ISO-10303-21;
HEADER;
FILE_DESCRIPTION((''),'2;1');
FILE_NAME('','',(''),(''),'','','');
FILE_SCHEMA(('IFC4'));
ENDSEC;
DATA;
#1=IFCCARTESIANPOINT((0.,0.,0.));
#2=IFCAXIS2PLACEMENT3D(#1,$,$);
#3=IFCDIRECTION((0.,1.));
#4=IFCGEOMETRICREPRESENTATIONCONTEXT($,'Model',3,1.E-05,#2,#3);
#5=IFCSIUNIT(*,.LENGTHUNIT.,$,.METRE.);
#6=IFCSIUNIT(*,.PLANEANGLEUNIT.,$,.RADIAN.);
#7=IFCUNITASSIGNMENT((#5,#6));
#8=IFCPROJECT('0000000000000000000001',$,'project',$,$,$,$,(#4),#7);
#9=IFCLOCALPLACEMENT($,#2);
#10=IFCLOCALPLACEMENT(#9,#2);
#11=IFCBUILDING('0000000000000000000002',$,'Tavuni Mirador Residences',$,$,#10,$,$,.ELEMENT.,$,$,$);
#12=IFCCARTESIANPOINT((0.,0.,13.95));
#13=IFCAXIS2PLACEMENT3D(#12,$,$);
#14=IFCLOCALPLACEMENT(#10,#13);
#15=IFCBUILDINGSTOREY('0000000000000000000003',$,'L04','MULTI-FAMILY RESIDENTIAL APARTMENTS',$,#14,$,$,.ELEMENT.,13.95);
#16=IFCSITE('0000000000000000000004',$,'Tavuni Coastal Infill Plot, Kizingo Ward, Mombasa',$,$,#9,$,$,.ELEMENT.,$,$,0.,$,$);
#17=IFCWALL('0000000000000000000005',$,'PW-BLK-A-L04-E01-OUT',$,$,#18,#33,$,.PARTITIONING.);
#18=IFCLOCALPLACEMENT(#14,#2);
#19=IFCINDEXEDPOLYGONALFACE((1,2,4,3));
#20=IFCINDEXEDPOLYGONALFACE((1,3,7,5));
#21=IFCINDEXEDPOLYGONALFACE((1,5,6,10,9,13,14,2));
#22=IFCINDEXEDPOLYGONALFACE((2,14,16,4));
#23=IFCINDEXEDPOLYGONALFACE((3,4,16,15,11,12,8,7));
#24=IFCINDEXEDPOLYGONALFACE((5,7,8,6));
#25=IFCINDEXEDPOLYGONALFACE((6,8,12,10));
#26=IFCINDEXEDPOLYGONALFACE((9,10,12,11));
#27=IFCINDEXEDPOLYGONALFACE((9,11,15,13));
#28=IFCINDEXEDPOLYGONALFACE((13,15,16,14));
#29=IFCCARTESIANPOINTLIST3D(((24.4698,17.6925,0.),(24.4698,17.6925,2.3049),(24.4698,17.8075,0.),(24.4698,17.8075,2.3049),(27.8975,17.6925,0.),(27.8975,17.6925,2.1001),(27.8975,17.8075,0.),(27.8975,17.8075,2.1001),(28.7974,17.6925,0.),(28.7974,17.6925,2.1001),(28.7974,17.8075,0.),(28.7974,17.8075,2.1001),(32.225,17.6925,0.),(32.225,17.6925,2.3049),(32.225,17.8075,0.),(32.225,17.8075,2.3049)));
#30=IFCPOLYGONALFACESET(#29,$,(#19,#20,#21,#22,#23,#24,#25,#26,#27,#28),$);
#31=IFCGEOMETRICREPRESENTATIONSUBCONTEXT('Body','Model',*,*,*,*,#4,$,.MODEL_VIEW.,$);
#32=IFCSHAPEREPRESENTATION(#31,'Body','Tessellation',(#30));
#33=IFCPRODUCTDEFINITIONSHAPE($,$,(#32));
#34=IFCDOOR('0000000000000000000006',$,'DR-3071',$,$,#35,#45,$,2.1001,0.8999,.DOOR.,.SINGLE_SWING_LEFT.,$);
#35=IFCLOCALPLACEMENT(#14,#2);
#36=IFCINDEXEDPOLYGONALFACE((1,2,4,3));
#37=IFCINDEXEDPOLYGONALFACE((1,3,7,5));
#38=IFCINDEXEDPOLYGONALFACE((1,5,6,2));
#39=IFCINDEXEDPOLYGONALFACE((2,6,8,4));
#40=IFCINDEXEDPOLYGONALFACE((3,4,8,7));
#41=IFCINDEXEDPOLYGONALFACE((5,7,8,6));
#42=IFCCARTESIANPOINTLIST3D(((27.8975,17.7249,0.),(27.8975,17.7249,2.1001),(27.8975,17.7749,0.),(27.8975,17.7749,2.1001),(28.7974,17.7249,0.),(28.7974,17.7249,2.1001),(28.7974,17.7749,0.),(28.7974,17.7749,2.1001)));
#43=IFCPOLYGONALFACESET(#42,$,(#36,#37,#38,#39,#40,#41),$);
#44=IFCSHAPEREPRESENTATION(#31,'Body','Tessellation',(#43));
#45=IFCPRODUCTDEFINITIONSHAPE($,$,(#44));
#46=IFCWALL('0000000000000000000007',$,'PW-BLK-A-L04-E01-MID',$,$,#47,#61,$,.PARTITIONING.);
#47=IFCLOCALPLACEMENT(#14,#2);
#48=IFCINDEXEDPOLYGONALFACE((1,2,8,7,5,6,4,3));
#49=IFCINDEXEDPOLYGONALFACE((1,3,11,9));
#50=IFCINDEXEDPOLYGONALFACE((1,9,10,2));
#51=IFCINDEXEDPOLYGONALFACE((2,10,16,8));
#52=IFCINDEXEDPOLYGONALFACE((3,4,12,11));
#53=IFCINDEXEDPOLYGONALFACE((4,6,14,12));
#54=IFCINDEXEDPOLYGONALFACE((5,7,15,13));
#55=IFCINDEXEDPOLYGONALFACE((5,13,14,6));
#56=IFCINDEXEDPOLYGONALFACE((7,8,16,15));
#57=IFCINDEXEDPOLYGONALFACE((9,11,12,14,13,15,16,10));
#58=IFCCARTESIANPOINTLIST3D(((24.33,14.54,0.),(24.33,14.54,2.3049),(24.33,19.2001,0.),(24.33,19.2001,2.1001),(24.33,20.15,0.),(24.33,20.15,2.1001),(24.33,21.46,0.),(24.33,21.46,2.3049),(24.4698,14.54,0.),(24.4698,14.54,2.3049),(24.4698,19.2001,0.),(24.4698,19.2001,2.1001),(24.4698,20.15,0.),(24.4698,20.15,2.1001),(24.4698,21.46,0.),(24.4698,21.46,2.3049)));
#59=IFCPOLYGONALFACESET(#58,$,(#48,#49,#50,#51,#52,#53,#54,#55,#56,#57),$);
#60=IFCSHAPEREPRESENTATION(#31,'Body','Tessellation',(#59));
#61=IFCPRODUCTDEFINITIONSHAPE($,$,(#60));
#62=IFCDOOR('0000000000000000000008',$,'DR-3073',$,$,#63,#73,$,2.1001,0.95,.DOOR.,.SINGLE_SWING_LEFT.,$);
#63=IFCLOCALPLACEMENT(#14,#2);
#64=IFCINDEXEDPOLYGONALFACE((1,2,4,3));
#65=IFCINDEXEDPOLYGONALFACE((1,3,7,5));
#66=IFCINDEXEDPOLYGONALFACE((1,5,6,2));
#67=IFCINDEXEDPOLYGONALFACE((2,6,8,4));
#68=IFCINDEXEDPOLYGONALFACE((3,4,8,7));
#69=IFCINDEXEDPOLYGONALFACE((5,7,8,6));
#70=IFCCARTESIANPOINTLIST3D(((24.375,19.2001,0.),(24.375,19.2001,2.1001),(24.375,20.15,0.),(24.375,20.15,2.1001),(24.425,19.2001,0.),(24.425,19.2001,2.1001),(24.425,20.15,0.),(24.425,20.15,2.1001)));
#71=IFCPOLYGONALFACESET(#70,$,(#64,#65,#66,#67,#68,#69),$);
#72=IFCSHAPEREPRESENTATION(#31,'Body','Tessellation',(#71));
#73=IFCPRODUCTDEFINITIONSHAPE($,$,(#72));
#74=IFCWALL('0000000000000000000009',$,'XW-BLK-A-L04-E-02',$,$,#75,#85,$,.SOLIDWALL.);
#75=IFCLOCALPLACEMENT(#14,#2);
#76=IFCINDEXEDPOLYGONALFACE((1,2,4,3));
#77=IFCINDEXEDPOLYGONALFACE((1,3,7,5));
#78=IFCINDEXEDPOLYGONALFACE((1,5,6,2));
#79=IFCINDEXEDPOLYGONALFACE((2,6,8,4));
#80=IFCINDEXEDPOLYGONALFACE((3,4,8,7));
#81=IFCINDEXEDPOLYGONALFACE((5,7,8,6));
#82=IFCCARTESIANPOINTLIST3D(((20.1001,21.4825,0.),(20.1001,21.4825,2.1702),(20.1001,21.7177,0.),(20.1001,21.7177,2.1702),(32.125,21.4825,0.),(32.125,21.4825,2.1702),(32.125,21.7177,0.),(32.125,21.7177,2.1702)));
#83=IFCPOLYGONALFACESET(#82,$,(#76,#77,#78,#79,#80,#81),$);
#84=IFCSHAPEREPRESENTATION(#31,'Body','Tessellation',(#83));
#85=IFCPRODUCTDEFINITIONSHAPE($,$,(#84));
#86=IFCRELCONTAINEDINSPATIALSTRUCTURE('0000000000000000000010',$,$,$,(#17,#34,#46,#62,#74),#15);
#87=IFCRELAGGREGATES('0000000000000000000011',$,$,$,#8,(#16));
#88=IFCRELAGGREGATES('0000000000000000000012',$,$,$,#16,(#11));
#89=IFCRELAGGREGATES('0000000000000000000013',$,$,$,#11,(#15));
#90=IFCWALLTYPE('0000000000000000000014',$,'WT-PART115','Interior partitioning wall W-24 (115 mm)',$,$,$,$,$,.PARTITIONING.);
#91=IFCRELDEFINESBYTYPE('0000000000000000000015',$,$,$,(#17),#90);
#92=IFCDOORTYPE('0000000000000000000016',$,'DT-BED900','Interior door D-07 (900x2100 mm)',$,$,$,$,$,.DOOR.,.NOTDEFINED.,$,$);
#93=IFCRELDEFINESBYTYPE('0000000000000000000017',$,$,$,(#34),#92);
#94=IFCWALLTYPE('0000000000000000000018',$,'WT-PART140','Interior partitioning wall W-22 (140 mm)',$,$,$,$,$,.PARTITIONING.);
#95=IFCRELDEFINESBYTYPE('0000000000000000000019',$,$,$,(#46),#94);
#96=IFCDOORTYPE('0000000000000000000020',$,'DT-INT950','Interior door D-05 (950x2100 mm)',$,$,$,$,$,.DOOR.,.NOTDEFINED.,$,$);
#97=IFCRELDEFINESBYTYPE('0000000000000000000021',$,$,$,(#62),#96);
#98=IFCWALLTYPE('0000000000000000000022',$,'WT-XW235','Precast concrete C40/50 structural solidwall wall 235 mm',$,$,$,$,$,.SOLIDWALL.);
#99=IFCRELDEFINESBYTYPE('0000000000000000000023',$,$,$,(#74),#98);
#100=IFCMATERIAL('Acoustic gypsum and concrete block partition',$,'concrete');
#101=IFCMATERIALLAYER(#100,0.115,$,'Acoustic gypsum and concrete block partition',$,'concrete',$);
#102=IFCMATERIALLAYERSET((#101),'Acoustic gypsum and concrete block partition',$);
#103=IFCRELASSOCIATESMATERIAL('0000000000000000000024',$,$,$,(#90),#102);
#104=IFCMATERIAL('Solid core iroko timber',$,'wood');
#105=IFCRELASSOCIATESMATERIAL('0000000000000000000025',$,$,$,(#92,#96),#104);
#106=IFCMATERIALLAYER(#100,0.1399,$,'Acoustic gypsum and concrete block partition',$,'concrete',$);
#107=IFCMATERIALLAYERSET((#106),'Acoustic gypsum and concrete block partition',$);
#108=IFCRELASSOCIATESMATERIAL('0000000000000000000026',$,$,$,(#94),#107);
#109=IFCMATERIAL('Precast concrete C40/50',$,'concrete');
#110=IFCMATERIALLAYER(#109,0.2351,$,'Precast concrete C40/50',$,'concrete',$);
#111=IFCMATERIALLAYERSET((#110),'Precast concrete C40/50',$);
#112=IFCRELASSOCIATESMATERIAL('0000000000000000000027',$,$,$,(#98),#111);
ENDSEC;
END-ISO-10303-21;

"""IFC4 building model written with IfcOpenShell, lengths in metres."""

from ifc_helpers import new_model, si_unit, direction, frame, frame_2d, origin, place, context, subcontext, project, spatial, rectangle, extrude, material, layer, layer_set, type_object, element, fill, save


model = new_model("IFC4")

# Units and contexts
model_context = context("Model", 3, precision=1e-05, world=origin(), true_north=direction((0.0, 1.0)))
body_context = subcontext(model_context, "Body", "Model", "MODEL_VIEW")
ifc_project = project(units=[si_unit("LENGTHUNIT", "METRE"), si_unit("PLANEANGLEUNIT", "RADIAN")], contexts=[model_context])

# Site, building, storey
site_placement = place(None, origin())
site = spatial("IfcSite", under=ifc_project, at=site_placement, Name="Tavuni Coastal Infill Plot, Kizingo Ward, Mombasa", CompositionType="ELEMENT", RefElevation=0.0)
building_placement = place(site_placement, origin())
building = spatial("IfcBuilding", under=site, at=building_placement, Name="Tavuni Mirador Residences", CompositionType="ELEMENT")
storey_placement = place(building_placement, frame((0.0, 0.0, 13.95)))
storey = spatial("IfcBuildingStorey", under=building, at=storey_placement, Name="L04", Description="MULTI-FAMILY RESIDENTIAL APARTMENTS", CompositionType="ELEMENT", Elevation=13.95)

# Shared definitions
ifc_material_1 = material(Name="Precast concrete C40/50", Category="concrete")

# Shared definitions
ifc_material_2 = material(Name="Solid core iroko timber", Category="wood")

# Walls, openings, doors
ifc_material_3 = material(Name="Acoustic gypsum and concrete block partition", Category="concrete")
ifc_layer_1 = layer(ifc_material_3, 0.115, Name="Acoustic gypsum and concrete block partition", Category="concrete")
ifc_layer_set_1 = layer_set([ifc_layer_1], Name="Acoustic gypsum and concrete block partition")
wall_type_1 = type_object("IfcWallType", Name="WT-PART115", Description="Interior partitioning wall W-24 (115 mm)", PredefinedType="PARTITIONING", material=ifc_layer_set_1)
wall_1_placement = place(storey_placement, frame((24.47, 17.75, 0.0), z_axis=(0.0, 0.0, 1.0), x_axis=(1.0, 0.0, 0.0)))
wall_1 = element("IfcWall", 1, at=wall_1_placement, inside=storey, type_object=wall_type_1, Name="PW-BLK-A-L04-E01-OUT", PredefinedType="PARTITIONING", context=body_context, shape_type="SweptSolid", body=[
    extrude(rectangle(XDim=7.7551, YDim=0.115, at=frame_2d((3.8774, 0.0))), origin(), (0.0, 0.0, 1.0), 2.3049),
])
opening_1_placement = place(wall_1_placement, frame((3.4275, 0.0, 0.0)))
opening_1 = element("IfcOpeningElement", 2, at=opening_1_placement, cuts=wall_1, PredefinedType="OPENING", context=body_context, shape_type="SweptSolid", body=[
    extrude(rectangle(XDim=0.8999, YDim=2.1001, at=frame_2d((0.45, 1.05))), frame((0.0, 0.0674, 0.0), z_axis=(0.0, -1.0, 0.0), x_axis=(1.0, 0.0, 0.0)), (0.0, 0.0, 1.0), 0.135),
])
door_type_1 = type_object("IfcDoorType", Name="DT-BED900", Description="Interior door D-07 (900x2100 mm)", OperationType="NOTDEFINED", PredefinedType="DOOR", material=ifc_material_2)
door_1_placement = place(opening_1_placement, origin())
door_1 = element("IfcDoor", 3, at=door_1_placement, inside=storey, type_object=door_type_1, Name="DR-3071", OperationType="SINGLE_SWING_LEFT", OverallHeight=2.1001, OverallWidth=0.8999, PredefinedType="DOOR", context=body_context, shape_type="SweptSolid", body=[
    extrude(rectangle(XDim=0.8999, YDim=2.1001, at=frame_2d((0.45, 1.05))), frame((0.0, 0.0249, 0.0), z_axis=(0.0, -1.0, 0.0), x_axis=(1.0, 0.0, 0.0)), (0.0, 0.0, 1.0), 0.05),
])
fill(opening_1, door_1)
ifc_layer_2 = layer(ifc_material_3, 0.1399, Name="Acoustic gypsum and concrete block partition", Category="concrete")
ifc_layer_set_2 = layer_set([ifc_layer_2], Name="Acoustic gypsum and concrete block partition")
wall_type_2 = type_object("IfcWallType", Name="WT-PART140", Description="Interior partitioning wall W-22 (140 mm)", PredefinedType="PARTITIONING", material=ifc_layer_set_2)
wall_2_placement = place(storey_placement, frame((24.3999, 14.54, 0.0), z_axis=(0.0, 0.0, 1.0), x_axis=(0.0, 1.0, 0.0)))
wall_2 = element("IfcWall", 4, at=wall_2_placement, inside=storey, type_object=wall_type_2, Name="PW-BLK-A-L04-E01-MID", PredefinedType="PARTITIONING", context=body_context, shape_type="SweptSolid", body=[
    extrude(rectangle(XDim=6.9199, YDim=0.1399, at=frame_2d((3.46, 0.0))), origin(), (0.0, 0.0, 1.0), 2.3049),
])
opening_2_placement = place(wall_2_placement, frame((4.6599, 0.0, 0.0)))
opening_2 = element("IfcOpeningElement", 5, at=opening_2_placement, cuts=wall_2, PredefinedType="OPENING", context=body_context, shape_type="SweptSolid", body=[
    extrude(rectangle(XDim=0.95, YDim=2.1001, at=frame_2d((0.4751, 1.05))), frame((0.0, 0.0801, 0.0), z_axis=(0.0, -1.0, 0.0), x_axis=(1.0, 0.0, 0.0)), (0.0, 0.0, 1.0), 0.1599),
])
door_type_2 = type_object("IfcDoorType", Name="DT-INT950", Description="Interior door D-05 (950x2100 mm)", OperationType="NOTDEFINED", PredefinedType="DOOR", material=ifc_material_2)
door_2_placement = place(opening_2_placement, origin())
door_2 = element("IfcDoor", 6, at=door_2_placement, inside=storey, type_object=door_type_2, Name="DR-3073", OperationType="SINGLE_SWING_LEFT", OverallHeight=2.1001, OverallWidth=0.95, PredefinedType="DOOR", context=body_context, shape_type="SweptSolid", body=[
    extrude(rectangle(XDim=0.95, YDim=2.1001, at=frame_2d((0.4751, 1.05))), frame((0.0, 0.0249, 0.0), z_axis=(0.0, -1.0, 0.0), x_axis=(1.0, 0.0, 0.0)), (0.0, 0.0, 1.0), 0.05),
])
fill(opening_2, door_2)

# Wall
ifc_layer_3 = layer(ifc_material_1, 0.2351, Name="Precast concrete C40/50", Category="concrete")
ifc_layer_set_3 = layer_set([ifc_layer_3], Name="Precast concrete C40/50")
wall_type_3 = type_object("IfcWallType", Name="WT-XW235", Description="Precast concrete C40/50 structural solidwall wall 235 mm", PredefinedType="SOLIDWALL", material=ifc_layer_set_3)
wall_3_placement = place(storey_placement, frame((20.1001, 21.6001, 0.0), z_axis=(0.0, 0.0, 1.0), x_axis=(1.0, 0.0, 0.0)))
element("IfcWall", 7, at=wall_3_placement, inside=storey, type_object=wall_type_3, Name="XW-BLK-A-L04-E-02", PredefinedType="SOLIDWALL", context=body_context, shape_type="SweptSolid", body=[
    extrude(rectangle(XDim=12.0249, YDim=0.2351, at=frame_2d((6.0125, 0.0))), origin(), (0.0, 0.0, 1.0), 2.1702),
])

save(model, "model.ifc")
